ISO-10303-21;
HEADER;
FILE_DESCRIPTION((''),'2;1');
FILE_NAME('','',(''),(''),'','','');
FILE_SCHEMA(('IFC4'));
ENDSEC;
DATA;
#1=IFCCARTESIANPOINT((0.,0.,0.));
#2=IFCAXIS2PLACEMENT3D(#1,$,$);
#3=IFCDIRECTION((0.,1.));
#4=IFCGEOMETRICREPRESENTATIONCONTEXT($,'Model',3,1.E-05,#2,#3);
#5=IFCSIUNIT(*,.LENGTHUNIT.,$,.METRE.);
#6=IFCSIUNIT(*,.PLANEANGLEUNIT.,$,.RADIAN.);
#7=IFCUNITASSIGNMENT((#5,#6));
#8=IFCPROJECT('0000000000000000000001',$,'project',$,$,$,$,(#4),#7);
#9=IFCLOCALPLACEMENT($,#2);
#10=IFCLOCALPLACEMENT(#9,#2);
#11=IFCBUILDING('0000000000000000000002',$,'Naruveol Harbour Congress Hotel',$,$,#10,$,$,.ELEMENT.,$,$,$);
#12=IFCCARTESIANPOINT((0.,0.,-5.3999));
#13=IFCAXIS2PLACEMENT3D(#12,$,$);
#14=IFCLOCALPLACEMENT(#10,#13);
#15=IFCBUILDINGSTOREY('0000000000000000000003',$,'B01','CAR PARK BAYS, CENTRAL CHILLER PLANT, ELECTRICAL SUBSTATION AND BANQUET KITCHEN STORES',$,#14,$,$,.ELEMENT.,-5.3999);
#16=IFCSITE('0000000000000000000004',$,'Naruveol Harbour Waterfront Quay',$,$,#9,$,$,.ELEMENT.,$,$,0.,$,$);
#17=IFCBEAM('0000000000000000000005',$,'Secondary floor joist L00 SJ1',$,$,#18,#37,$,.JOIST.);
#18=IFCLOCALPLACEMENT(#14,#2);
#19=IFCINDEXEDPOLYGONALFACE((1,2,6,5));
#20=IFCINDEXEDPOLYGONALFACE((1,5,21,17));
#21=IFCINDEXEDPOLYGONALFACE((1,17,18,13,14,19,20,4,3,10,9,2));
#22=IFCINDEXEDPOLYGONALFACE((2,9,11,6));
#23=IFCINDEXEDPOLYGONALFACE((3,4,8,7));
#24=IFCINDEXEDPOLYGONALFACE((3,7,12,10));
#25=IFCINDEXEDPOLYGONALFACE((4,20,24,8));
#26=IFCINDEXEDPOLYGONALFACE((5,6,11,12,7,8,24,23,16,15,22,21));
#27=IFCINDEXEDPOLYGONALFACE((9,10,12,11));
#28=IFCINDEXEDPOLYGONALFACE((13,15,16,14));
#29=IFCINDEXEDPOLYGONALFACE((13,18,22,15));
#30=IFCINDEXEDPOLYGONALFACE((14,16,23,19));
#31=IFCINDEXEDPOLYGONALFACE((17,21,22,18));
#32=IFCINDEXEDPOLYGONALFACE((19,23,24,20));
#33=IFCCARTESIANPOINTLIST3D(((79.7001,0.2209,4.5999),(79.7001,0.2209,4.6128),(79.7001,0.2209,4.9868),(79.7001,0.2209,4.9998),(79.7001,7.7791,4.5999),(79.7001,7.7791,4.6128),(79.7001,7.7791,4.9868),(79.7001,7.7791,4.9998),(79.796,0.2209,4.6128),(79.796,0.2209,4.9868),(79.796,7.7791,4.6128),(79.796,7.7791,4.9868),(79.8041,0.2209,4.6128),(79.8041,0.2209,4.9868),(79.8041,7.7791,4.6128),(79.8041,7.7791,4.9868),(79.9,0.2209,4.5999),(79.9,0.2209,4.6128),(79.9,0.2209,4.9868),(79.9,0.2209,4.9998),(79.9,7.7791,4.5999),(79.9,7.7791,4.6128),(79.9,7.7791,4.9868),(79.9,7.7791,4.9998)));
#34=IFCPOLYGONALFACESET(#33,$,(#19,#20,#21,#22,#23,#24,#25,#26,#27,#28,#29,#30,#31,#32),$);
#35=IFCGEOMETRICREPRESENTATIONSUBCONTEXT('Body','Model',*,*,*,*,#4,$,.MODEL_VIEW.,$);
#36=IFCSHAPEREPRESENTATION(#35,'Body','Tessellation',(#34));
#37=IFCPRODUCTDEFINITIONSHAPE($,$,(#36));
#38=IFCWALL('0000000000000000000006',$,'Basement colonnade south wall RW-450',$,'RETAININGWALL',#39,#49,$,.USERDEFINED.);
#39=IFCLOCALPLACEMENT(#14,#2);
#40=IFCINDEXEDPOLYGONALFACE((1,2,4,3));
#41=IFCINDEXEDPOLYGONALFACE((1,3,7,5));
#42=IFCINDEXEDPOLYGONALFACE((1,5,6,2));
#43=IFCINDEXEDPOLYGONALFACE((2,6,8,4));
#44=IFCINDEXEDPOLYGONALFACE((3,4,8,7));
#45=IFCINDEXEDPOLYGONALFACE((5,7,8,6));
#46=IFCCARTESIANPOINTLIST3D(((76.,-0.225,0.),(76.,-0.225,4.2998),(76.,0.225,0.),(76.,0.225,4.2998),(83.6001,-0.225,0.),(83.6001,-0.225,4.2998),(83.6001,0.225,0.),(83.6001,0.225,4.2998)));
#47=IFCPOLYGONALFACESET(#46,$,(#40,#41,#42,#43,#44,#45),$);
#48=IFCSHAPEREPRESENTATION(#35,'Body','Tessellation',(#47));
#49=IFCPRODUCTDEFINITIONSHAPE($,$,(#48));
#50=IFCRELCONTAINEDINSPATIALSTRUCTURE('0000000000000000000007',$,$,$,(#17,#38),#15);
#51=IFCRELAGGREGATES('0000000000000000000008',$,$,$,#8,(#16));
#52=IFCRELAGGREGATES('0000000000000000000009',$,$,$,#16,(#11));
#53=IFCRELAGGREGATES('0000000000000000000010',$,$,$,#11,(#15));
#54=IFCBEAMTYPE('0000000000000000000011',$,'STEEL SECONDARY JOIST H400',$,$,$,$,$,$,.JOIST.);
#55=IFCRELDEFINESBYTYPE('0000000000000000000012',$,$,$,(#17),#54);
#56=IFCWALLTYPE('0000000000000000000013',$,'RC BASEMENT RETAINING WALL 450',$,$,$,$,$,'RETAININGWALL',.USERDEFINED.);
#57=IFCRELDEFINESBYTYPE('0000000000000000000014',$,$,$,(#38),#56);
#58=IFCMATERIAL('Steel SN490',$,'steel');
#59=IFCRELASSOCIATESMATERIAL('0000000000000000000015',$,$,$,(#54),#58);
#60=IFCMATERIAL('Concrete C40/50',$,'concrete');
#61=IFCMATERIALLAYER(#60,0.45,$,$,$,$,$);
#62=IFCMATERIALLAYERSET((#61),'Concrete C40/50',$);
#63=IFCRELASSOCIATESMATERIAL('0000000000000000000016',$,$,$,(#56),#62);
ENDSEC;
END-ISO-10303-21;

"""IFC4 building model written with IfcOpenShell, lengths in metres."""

from ifc_helpers import new_model, si_unit, direction, frame, frame_2d, origin, origin_2d, place, context, subcontext, project, spatial, rectangle, i_section, extrude, material, layer, layer_set, material_profile, profile_set, type_object, element, save


model = new_model("IFC4")

# Units and contexts
model_context = context("Model", 3, precision=1e-05, world=origin(), true_north=direction((0.0, 1.0)))
body_context = subcontext(model_context, "Body", "Model", "MODEL_VIEW")
ifc_project = project(units=[si_unit("LENGTHUNIT", "METRE"), si_unit("PLANEANGLEUNIT", "RADIAN")], contexts=[model_context])

# Site, building, storey
site_placement = place(None, origin())
site = spatial("IfcSite", under=ifc_project, at=site_placement, Name="Naruveol Harbour Waterfront Quay", CompositionType="ELEMENT", RefElevation=0.0)
building_placement = place(site_placement, origin())
building = spatial("IfcBuilding", under=site, at=building_placement, Name="Naruveol Harbour Congress Hotel", CompositionType="ELEMENT")
storey_placement = place(building_placement, frame((0.0, 0.0, -5.3999)))
storey = spatial("IfcBuildingStorey", under=building, at=storey_placement, Name="B01", Description="CAR PARK BAYS, CENTRAL CHILLER PLANT, ELECTRICAL SUBSTATION AND BANQUET KITCHEN STORES", CompositionType="ELEMENT", Elevation=-5.3999)

# Beam
ifc_material_1 = material(Name="Steel SN490", Category="steel")
ifc_material_profile_1 = material_profile(ifc_material_1, i_section(OverallWidth=0.2, OverallDepth=0.3999, WebThickness=0.0081, FlangeThickness=0.0129, at=origin_2d()), Name="H-400x200x8x13")
ifc_profile_set_1 = profile_set([ifc_material_profile_1], Name="Steel SN490")
beam_type_1 = type_object("IfcBeamType", Name="STEEL SECONDARY JOIST H400", PredefinedType="JOIST", material=ifc_profile_set_1)
beam_placement = place(storey_placement, frame((79.8, 0.2209, 4.7998), z_axis=(0.0, 1.0, 0.0), x_axis=(-1.0, 0.0, 0.0)))
element("IfcBeam", 1, at=beam_placement, inside=storey, type_object=beam_type_1, Name="Secondary floor joist L00 SJ1", PredefinedType="JOIST", context=body_context, shape_type="SweptSolid", body=[
    extrude(i_section(OverallWidth=0.2, OverallDepth=0.3999, WebThickness=0.0081, FlangeThickness=0.0129, at=origin_2d()), origin(), (0.0, 0.0, 1.0), 7.5581),
])

# Wall
ifc_material_2 = material(Name="Concrete C40/50", Category="concrete")
ifc_layer = layer(ifc_material_2, 0.45)
ifc_layer_set = layer_set([ifc_layer], Name="Concrete C40/50")
wall_type = type_object("IfcWallType", Name="RC BASEMENT RETAINING WALL 450", ElementType="RETAININGWALL", PredefinedType="USERDEFINED", material=ifc_layer_set)
wall_placement = place(storey_placement, frame((83.6001, 0.0, 0.0), z_axis=(0.0, 0.0, 1.0), x_axis=(-1.0, 0.0, 0.0)))
element("IfcWall", 2, at=wall_placement, inside=storey, type_object=wall_type, Name="Basement colonnade south wall RW-450", ObjectType="RETAININGWALL", PredefinedType="USERDEFINED", context=body_context, shape_type="SweptSolid", body=[
    extrude(rectangle(XDim=7.6001, YDim=0.45, at=frame_2d((3.8, 0.0))), origin(), (0.0, 0.0, 1.0), 4.2998),
])

save(model, "model.ifc")
